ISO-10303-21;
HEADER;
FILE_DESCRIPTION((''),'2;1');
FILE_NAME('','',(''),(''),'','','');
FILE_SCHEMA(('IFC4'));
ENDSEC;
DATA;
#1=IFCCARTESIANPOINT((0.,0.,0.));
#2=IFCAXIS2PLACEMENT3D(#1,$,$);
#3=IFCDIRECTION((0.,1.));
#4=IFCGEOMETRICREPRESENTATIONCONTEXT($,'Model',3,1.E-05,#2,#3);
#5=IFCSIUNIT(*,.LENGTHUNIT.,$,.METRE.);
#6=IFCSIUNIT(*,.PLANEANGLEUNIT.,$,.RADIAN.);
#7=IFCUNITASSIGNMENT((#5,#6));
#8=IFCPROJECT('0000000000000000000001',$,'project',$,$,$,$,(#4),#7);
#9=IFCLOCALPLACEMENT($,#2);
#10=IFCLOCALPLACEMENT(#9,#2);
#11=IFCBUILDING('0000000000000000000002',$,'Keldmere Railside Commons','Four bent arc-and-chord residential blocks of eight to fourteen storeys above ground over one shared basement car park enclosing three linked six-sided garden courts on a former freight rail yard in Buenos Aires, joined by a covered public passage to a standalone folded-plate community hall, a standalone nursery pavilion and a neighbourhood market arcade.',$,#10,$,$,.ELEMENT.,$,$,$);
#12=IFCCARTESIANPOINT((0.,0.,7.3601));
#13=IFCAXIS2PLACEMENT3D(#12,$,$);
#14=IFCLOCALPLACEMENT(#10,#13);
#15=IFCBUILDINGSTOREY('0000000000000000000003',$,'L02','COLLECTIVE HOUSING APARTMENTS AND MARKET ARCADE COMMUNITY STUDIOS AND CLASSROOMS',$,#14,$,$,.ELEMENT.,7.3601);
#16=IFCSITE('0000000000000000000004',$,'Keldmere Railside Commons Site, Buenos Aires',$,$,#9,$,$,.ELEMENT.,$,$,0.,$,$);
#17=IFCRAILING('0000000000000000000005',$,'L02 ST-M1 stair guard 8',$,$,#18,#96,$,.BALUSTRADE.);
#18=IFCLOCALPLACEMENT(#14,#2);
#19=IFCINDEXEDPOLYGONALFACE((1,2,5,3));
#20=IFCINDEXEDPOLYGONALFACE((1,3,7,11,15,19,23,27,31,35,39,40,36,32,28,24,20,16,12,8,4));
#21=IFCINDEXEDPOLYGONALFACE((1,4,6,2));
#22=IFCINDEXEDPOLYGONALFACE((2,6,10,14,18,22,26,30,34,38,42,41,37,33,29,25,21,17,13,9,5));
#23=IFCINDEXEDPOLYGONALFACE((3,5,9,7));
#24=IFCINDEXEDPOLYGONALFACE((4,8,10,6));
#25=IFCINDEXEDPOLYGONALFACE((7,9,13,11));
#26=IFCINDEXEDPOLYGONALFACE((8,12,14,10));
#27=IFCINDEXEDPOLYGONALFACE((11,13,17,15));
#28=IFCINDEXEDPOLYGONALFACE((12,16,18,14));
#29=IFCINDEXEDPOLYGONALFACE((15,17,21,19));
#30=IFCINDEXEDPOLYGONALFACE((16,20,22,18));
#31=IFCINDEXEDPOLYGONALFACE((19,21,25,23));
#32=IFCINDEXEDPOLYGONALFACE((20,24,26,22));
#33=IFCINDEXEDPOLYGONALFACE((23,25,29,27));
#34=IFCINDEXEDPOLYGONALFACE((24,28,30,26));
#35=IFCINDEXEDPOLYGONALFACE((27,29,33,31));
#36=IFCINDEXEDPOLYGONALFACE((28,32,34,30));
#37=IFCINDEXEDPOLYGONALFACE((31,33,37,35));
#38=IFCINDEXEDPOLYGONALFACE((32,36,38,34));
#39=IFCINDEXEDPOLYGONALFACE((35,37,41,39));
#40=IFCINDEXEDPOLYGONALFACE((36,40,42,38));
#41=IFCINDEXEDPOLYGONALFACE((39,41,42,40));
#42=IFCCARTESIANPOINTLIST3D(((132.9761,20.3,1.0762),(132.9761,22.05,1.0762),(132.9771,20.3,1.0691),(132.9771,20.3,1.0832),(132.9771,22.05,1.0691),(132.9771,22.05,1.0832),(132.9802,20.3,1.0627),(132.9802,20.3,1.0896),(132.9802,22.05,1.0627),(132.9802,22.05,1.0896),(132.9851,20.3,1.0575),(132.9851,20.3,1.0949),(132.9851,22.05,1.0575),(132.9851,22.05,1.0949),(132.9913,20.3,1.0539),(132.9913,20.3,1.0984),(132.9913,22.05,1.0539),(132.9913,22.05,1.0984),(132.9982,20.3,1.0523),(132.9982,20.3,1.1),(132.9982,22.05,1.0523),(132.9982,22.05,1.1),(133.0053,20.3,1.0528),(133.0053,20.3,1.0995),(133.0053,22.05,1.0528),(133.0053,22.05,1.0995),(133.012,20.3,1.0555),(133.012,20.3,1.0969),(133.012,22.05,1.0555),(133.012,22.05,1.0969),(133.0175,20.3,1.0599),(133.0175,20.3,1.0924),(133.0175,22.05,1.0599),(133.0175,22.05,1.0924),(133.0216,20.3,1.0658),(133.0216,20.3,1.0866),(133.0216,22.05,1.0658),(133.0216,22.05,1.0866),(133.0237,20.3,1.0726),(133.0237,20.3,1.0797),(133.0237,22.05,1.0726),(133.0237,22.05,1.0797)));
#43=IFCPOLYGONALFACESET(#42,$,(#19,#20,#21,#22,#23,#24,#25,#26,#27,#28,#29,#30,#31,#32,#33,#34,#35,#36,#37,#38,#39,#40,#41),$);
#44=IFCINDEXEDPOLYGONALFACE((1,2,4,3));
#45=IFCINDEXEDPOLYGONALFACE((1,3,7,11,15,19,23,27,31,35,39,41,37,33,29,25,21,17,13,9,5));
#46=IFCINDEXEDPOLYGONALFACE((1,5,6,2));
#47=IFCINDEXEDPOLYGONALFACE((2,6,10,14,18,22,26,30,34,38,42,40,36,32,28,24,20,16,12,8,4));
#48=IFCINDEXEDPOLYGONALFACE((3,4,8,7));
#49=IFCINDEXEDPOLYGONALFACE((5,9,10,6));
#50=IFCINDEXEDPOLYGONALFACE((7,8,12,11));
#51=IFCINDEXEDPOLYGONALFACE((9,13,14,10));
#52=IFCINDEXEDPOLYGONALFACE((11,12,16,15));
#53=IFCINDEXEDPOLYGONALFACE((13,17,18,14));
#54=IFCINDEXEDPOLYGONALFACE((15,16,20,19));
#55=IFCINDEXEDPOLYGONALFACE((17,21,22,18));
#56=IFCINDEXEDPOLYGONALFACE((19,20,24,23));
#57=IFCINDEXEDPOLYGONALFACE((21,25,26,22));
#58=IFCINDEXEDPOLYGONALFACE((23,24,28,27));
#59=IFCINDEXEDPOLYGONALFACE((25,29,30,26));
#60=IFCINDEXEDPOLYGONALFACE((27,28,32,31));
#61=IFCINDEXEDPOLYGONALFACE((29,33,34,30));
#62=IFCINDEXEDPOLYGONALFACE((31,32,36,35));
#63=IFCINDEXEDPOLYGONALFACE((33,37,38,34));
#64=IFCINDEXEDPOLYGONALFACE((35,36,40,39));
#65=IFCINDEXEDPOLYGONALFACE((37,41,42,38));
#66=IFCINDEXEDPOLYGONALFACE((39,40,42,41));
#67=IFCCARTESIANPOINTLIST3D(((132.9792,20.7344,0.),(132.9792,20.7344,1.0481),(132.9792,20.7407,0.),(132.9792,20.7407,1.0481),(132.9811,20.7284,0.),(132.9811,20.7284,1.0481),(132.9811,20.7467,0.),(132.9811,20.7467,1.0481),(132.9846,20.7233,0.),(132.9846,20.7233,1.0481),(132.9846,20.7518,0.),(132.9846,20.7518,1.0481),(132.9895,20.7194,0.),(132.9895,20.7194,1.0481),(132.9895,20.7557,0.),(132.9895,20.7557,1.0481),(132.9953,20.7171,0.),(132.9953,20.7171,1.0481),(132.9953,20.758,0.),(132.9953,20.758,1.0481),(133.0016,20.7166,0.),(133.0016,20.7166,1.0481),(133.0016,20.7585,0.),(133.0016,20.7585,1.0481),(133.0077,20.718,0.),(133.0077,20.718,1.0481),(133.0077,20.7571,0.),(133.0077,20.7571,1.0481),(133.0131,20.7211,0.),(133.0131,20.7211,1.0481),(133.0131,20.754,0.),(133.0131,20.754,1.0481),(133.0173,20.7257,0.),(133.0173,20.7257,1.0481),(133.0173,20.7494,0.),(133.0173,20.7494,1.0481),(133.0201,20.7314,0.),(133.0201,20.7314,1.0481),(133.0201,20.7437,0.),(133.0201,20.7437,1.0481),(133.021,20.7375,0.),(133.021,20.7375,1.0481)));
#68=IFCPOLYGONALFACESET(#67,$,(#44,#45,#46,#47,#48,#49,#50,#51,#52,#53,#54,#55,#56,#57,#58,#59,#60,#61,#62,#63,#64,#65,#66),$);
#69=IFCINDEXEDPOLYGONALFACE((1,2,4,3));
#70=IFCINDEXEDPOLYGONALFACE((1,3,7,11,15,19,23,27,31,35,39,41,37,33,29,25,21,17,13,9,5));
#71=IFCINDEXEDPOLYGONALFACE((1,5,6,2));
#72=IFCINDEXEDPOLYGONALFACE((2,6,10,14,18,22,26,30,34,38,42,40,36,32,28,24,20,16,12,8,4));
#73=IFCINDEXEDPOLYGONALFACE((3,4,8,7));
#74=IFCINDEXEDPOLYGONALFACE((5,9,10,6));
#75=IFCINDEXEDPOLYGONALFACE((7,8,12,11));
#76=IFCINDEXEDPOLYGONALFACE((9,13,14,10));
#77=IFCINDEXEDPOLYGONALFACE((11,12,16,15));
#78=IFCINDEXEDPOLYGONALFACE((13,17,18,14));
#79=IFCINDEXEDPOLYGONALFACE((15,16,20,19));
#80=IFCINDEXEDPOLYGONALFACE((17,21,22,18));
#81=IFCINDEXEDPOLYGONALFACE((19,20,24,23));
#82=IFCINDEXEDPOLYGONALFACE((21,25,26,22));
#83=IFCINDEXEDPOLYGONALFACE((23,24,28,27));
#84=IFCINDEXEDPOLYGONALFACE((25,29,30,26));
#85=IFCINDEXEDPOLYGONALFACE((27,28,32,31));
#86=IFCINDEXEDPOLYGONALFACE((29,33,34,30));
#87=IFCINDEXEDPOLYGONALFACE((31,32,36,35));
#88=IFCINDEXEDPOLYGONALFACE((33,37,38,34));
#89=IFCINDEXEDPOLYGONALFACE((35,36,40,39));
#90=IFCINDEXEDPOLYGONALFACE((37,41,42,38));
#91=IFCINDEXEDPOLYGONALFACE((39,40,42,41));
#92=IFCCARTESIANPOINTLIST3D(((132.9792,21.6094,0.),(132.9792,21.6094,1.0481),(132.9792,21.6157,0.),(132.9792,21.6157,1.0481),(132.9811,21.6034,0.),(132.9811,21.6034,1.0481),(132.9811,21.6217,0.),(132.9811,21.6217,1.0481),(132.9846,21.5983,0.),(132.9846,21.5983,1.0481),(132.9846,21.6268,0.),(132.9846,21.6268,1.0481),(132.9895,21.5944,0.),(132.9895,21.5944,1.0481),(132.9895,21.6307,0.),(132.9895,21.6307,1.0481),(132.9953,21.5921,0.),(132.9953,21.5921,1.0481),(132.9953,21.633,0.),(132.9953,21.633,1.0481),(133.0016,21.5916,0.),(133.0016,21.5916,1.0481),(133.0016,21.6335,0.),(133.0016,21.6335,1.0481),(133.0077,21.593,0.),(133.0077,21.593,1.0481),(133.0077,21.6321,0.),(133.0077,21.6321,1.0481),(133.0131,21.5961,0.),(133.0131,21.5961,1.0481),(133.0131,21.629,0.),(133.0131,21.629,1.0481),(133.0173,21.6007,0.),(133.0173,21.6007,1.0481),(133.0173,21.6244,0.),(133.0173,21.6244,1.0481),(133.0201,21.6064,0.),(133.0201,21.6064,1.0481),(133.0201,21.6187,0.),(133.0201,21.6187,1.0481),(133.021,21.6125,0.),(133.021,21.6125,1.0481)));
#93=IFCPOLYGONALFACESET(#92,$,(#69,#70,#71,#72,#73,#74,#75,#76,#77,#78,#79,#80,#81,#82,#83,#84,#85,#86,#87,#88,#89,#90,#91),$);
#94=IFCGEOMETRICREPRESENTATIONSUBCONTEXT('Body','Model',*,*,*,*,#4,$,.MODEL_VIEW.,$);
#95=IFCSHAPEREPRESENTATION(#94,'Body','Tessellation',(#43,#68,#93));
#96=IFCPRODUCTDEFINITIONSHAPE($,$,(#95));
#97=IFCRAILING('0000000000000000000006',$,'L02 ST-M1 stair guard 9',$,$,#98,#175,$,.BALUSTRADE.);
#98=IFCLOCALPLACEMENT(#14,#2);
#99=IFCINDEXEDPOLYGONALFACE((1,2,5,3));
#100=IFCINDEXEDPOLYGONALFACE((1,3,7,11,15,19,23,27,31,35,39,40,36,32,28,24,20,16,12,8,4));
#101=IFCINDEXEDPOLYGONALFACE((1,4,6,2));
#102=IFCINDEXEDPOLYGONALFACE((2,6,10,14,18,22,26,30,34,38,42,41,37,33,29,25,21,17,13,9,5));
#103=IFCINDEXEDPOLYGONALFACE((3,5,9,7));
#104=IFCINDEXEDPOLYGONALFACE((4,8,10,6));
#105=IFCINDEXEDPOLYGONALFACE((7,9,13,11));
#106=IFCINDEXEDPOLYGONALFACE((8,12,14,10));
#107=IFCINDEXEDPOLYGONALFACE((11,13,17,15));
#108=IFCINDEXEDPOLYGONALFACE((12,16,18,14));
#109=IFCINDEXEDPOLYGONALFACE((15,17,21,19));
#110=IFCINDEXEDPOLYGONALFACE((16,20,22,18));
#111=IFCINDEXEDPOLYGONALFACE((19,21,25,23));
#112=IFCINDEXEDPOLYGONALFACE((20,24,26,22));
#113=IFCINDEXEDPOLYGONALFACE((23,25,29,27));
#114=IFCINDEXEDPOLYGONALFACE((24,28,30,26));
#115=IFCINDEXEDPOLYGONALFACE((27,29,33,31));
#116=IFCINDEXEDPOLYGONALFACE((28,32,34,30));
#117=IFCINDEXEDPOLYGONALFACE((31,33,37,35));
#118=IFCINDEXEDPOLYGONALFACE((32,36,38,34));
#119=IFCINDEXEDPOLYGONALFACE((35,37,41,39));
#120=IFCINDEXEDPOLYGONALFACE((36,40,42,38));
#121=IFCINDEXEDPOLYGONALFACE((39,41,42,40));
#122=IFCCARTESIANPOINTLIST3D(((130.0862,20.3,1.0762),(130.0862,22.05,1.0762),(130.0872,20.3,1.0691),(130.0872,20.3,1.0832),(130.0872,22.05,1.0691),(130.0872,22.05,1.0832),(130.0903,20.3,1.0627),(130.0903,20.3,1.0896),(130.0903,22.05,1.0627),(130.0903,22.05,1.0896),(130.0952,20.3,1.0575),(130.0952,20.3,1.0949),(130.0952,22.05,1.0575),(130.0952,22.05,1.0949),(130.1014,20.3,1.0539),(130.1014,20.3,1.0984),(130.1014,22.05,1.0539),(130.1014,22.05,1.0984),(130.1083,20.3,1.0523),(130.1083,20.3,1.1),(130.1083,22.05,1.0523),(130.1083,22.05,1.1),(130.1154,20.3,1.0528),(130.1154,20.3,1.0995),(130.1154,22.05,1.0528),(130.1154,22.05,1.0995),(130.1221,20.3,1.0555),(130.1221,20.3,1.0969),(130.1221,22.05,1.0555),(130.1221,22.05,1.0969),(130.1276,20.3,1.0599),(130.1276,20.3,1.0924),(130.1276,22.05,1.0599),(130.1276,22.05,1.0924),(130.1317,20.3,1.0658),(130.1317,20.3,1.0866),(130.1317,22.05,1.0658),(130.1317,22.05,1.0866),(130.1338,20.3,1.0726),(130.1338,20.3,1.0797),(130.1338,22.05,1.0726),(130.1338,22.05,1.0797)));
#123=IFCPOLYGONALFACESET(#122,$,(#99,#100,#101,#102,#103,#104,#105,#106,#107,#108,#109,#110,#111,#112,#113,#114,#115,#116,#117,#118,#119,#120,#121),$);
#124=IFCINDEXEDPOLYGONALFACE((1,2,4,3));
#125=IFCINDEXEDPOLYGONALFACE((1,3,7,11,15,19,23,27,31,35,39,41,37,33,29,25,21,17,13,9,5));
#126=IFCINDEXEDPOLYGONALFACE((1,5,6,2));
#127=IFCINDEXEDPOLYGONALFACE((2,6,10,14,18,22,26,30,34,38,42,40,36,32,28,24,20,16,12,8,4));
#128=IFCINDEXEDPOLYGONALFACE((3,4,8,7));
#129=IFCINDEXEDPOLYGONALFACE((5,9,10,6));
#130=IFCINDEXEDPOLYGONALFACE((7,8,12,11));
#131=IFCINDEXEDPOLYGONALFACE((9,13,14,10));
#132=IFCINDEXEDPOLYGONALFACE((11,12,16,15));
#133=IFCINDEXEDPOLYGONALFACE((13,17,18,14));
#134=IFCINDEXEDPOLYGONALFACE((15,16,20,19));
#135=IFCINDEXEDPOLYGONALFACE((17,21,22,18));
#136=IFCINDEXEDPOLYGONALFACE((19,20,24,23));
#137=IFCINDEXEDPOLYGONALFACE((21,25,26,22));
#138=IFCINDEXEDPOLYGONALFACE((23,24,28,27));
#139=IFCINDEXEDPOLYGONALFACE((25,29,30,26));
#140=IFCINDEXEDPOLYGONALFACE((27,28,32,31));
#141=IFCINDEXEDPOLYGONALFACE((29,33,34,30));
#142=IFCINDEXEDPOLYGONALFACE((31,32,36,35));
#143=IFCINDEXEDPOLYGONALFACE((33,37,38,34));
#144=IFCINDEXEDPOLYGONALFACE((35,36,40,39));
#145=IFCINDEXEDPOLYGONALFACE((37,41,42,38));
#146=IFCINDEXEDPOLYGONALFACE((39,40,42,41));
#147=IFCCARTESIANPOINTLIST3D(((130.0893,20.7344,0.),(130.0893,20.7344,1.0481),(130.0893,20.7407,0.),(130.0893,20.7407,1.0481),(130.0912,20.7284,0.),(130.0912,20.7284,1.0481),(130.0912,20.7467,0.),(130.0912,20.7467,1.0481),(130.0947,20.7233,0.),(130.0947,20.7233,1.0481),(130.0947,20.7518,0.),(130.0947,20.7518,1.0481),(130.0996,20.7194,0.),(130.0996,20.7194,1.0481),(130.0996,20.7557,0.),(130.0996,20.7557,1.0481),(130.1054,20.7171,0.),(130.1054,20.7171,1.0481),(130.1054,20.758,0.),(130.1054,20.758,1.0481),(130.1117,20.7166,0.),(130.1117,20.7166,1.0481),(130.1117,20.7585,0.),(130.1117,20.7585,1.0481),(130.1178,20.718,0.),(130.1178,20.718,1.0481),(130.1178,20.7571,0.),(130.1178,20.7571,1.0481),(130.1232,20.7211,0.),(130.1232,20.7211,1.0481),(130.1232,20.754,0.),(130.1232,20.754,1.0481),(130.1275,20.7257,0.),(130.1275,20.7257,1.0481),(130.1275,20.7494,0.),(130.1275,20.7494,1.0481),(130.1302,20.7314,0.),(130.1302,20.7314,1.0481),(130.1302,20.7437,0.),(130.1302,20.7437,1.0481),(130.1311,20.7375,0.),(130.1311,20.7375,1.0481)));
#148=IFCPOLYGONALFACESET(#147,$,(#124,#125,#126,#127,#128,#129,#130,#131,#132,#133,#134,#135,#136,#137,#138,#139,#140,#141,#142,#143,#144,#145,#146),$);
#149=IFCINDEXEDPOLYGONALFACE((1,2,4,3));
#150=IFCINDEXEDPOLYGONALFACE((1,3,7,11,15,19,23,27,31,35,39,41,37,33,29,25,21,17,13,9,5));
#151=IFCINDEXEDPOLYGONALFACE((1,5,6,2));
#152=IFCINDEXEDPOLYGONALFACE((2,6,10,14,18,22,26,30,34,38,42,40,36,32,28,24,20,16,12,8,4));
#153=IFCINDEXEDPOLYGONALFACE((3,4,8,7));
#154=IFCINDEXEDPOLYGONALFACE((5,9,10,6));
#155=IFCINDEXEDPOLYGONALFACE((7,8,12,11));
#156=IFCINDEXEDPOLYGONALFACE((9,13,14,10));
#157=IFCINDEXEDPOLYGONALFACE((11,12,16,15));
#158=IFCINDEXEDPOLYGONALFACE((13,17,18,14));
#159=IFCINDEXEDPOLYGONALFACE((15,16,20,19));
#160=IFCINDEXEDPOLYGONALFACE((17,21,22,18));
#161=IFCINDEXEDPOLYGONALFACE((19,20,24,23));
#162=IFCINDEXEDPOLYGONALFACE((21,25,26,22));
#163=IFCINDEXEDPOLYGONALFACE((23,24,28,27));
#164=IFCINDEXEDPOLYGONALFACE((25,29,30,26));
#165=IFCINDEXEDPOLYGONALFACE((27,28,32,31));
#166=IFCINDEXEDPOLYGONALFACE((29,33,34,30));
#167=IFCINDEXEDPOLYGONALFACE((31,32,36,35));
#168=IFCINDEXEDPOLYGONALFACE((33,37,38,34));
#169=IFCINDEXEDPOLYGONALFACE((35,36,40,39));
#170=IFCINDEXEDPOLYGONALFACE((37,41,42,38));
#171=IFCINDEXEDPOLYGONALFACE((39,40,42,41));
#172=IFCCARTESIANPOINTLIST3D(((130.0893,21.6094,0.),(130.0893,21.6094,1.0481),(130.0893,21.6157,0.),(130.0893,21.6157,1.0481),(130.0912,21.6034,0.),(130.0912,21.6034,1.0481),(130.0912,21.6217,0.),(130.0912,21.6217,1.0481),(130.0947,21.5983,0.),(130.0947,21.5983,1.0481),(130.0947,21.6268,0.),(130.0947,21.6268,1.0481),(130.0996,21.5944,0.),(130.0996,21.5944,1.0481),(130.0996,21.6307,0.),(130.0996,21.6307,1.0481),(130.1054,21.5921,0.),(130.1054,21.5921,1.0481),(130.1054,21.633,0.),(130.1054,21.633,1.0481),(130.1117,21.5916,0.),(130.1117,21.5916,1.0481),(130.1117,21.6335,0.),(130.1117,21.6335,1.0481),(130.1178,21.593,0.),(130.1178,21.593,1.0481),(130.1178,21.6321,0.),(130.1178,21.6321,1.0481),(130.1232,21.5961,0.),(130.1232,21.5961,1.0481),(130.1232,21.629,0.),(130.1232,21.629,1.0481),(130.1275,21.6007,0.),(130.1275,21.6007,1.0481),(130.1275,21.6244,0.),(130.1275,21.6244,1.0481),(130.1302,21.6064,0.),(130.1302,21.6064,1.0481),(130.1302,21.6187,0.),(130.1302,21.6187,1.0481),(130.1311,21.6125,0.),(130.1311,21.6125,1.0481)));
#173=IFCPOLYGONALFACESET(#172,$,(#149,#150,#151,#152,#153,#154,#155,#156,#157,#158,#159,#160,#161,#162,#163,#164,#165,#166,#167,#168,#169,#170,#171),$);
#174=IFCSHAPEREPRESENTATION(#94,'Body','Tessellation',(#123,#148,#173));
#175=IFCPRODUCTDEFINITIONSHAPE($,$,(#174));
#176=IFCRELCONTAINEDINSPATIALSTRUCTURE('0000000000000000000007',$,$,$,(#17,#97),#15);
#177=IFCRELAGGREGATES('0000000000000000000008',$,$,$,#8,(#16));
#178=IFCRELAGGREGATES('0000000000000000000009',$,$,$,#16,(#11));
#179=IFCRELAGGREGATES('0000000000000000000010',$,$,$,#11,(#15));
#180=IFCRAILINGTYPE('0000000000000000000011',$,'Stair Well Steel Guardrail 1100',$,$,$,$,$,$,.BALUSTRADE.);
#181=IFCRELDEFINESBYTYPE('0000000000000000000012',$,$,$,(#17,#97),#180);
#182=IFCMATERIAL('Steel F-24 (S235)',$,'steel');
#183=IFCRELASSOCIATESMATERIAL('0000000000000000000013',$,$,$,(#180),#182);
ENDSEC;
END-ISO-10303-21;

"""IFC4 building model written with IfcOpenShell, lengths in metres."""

from ifc_helpers import new_model, si_unit, direction, frame, origin, origin_2d, place, context, subcontext, project, spatial, circle, extrude, material, type_object, element, save


model = new_model("IFC4")

# Units and contexts
model_context = context("Model", 3, precision=1e-05, world=origin(), true_north=direction((0.0, 1.0)))
body_context = subcontext(model_context, "Body", "Model", "MODEL_VIEW")
ifc_project = project(units=[si_unit("LENGTHUNIT", "METRE"), si_unit("PLANEANGLEUNIT", "RADIAN")], contexts=[model_context])

# Site, building, storey
site_placement = place(None, origin())
site = spatial("IfcSite", under=ifc_project, at=site_placement, Name="Keldmere Railside Commons Site, Buenos Aires", CompositionType="ELEMENT", RefElevation=0.0)
building_placement = place(site_placement, origin())
building = spatial("IfcBuilding", under=site, at=building_placement, Name="Keldmere Railside Commons", Description="Four bent arc-and-chord residential blocks of eight to fourteen storeys above ground over one shared basement car park enclosing three linked six-sided garden courts on a former freight rail yard in Buenos Aires, joined by a covered public passage to a standalone folded-plate community hall, a standalone nursery pavilion and a neighbourhood market arcade.", CompositionType="ELEMENT")
storey_placement = place(building_placement, frame((0.0, 0.0, 7.3601)))
storey = spatial("IfcBuildingStorey", under=building, at=storey_placement, Name="L02", Description="COLLECTIVE HOUSING APARTMENTS AND MARKET ARCADE COMMUNITY STUDIOS AND CLASSROOMS", CompositionType="ELEMENT", Elevation=7.3601)

# Railings
ifc_material_1 = material(Name="Steel F-24 (S235)", Category="steel")
railing_type_1 = type_object("IfcRailingType", Name="Stair Well Steel Guardrail 1100", PredefinedType="BALUSTRADE", material=ifc_material_1)
for number, where, name in (
    (1, (133.0, 20.3, 0.0), "L02 ST-M1 stair guard 8"),
    (2, (130.1101, 20.3, 0.0), "L02 ST-M1 stair guard 9"),
):
    element("IfcRailing", number, at=place(storey_placement, frame(where)), inside=storey, type_object=railing_type_1, Name=name, PredefinedType="BALUSTRADE", context=body_context, shape_type="SweptSolid", body=[
        extrude(circle(Radius=0.0239, at=origin_2d()), frame((0.0, 0.0, 1.0762), z_axis=(0.0, 1.0, 0.0), x_axis=(-1.0, 0.0, 0.0)), (0.0, 0.0, 1.0), 1.75),
        extrude(circle(Radius=0.021, at=origin_2d()), frame((0.0, 0.4375, 0.0)), (0.0, 0.0, 1.0), 1.0481),
        extrude(circle(Radius=0.021, at=origin_2d()), frame((0.0, 1.3125, 0.0)), (0.0, 0.0, 1.0), 1.0481),
    ])

save(model, "model.ifc")
